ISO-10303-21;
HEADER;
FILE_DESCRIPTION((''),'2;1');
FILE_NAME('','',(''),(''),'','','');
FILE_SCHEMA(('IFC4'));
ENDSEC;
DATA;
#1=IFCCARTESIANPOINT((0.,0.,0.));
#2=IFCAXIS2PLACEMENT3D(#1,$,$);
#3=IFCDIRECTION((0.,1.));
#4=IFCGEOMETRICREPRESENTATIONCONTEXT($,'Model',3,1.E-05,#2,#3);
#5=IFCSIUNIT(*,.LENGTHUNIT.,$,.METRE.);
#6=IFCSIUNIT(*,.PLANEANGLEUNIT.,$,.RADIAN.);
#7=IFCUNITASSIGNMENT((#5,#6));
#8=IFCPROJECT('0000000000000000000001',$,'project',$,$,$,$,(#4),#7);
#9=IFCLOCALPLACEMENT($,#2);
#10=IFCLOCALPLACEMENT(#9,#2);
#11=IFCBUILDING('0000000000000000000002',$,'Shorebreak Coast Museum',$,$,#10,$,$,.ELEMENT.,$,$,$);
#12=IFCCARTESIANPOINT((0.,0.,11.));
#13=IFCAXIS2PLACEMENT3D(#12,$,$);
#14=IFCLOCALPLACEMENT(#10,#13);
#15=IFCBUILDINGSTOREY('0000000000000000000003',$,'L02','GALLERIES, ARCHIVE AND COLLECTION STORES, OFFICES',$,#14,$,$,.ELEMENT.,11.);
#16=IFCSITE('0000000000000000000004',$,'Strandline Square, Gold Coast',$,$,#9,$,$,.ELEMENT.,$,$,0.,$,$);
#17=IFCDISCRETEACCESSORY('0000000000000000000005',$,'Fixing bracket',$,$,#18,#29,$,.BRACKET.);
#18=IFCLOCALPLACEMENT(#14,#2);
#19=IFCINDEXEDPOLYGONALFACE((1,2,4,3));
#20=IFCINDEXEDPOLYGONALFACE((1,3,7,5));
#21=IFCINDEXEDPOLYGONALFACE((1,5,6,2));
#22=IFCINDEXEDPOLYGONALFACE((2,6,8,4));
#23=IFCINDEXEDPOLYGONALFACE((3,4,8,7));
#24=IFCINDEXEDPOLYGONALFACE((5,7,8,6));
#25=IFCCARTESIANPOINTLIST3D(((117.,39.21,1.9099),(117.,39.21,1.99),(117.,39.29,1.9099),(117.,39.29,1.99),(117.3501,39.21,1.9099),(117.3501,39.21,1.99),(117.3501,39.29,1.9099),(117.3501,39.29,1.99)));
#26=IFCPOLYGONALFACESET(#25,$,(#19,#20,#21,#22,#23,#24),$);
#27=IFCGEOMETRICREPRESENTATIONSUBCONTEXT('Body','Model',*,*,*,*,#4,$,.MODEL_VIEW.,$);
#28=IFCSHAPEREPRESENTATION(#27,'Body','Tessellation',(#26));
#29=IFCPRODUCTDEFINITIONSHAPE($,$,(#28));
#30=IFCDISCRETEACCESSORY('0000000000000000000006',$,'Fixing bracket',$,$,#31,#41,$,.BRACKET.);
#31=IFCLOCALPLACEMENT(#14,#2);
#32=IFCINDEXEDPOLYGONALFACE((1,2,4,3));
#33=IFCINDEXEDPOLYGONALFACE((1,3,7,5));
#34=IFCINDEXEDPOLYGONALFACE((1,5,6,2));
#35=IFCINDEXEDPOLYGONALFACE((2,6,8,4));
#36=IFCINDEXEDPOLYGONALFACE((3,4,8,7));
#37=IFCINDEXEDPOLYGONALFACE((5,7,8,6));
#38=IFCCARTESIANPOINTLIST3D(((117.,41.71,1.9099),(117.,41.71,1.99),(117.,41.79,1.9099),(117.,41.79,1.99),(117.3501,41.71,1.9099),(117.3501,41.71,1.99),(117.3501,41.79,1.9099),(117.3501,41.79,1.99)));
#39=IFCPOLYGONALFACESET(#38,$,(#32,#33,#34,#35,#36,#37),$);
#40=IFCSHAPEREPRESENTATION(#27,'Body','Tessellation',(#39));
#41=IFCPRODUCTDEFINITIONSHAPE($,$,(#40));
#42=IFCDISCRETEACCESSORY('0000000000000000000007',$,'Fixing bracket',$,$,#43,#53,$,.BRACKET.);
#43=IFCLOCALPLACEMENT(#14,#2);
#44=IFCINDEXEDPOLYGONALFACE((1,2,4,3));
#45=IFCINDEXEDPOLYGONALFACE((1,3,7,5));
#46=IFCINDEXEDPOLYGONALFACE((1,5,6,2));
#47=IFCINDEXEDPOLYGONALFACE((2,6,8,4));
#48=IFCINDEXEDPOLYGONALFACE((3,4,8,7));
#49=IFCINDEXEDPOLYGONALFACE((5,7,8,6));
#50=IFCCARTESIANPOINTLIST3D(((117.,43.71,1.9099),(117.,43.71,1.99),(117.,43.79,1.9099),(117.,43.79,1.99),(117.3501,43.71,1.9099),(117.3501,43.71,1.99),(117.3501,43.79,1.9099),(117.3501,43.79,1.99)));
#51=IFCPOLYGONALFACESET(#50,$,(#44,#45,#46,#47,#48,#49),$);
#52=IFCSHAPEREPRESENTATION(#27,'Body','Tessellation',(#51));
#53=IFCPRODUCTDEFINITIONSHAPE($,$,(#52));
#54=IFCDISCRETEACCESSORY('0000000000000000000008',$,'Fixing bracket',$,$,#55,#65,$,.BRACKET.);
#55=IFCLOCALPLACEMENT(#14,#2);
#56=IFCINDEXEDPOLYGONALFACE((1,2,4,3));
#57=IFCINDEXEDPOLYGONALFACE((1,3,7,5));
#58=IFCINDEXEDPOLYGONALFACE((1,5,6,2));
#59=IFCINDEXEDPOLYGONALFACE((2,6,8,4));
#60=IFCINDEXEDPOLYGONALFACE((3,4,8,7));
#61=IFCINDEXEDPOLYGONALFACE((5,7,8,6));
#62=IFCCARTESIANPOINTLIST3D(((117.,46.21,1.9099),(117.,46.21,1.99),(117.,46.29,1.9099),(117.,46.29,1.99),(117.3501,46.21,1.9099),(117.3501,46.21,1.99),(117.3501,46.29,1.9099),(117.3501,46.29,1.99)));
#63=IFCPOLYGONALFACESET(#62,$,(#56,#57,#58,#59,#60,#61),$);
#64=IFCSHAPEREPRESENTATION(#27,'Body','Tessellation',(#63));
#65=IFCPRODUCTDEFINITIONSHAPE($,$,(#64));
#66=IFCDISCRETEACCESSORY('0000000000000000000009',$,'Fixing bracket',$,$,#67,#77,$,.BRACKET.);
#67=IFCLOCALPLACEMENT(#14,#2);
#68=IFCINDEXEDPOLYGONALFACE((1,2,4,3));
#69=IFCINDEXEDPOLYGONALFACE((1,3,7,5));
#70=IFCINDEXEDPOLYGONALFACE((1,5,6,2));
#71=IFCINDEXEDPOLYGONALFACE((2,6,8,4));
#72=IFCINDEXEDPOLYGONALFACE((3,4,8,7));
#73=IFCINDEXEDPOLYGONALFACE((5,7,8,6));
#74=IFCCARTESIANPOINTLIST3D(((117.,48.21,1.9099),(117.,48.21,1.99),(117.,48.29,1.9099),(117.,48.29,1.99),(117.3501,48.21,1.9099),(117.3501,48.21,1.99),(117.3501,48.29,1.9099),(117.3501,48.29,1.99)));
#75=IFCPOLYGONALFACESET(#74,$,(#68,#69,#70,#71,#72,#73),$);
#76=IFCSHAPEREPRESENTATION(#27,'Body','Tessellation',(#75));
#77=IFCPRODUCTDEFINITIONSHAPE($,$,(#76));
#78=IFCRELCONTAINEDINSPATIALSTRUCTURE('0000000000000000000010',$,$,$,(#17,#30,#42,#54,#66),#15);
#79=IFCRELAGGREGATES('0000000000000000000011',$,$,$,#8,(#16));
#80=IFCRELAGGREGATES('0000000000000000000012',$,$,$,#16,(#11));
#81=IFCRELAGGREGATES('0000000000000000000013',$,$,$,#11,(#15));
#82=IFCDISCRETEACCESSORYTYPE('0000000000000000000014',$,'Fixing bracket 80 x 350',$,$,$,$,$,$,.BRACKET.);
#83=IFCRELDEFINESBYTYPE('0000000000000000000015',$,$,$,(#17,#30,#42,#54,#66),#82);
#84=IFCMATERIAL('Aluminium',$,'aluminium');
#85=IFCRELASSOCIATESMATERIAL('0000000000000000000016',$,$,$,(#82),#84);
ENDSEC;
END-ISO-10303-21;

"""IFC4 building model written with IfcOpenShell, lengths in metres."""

from ifc_helpers import new_model, si_unit, direction, frame, origin, origin_2d, place, context, subcontext, project, spatial, rectangle, extrude, material, type_object, element, save


model = new_model("IFC4")

# Units and contexts
model_context = context("Model", 3, precision=1e-05, world=origin(), true_north=direction((0.0, 1.0)))
body_context = subcontext(model_context, "Body", "Model", "MODEL_VIEW")
ifc_project = project(units=[si_unit("LENGTHUNIT", "METRE"), si_unit("PLANEANGLEUNIT", "RADIAN")], contexts=[model_context])

# Site, building, storey
site_placement = place(None, origin())
site = spatial("IfcSite", under=ifc_project, at=site_placement, Name="Strandline Square, Gold Coast", CompositionType="ELEMENT", RefElevation=0.0)
building_placement = place(site_placement, origin())
building = spatial("IfcBuilding", under=site, at=building_placement, Name="Shorebreak Coast Museum", CompositionType="ELEMENT")
storey_placement = place(building_placement, frame((0.0, 0.0, 11.0)))
storey = spatial("IfcBuildingStorey", under=building, at=storey_placement, Name="L02", Description="GALLERIES, ARCHIVE AND COLLECTION STORES, OFFICES", CompositionType="ELEMENT", Elevation=11.0)

# Discrete accessories
ifc_material_1 = material(Name="Aluminium", Category="aluminium")
discrete_accessory_type_1 = type_object("IfcDiscreteAccessoryType", Name="Fixing bracket 80 x 350", PredefinedType="BRACKET", material=ifc_material_1)
for number, where, z_axis, x_axis, name in (
    (1, (117.175, 39.25, 1.9099), (0.0, 0.0, 1.0), (1.0, 0.0, 0.0), "Fixing bracket"),
    (2, (117.175, 41.75, 1.9099), (0.0, 0.0, 1.0), (1.0, 0.0, 0.0), "Fixing bracket"),
    (3, (117.175, 43.75, 1.9099), (0.0, 0.0, 1.0), (1.0, 0.0, 0.0), "Fixing bracket"),
    (4, (117.175, 46.25, 1.9099), (0.0, 0.0, 1.0), (1.0, 0.0, 0.0), "Fixing bracket"),
    (5, (117.175, 48.25, 1.9099), (0.0, 0.0, 1.0), (1.0, 0.0, 0.0), "Fixing bracket"),
):
    element("IfcDiscreteAccessory", number, at=place(storey_placement, frame(where, z_axis=z_axis, x_axis=x_axis)), inside=storey, type_object=discrete_accessory_type_1, Name=name, PredefinedType="BRACKET", context=body_context, shape_type="SweptSolid", body=[
        extrude(rectangle(XDim=0.3501, YDim=0.0801, at=origin_2d()), origin(), (0.0, 0.0, 1.0), 0.0801),
    ])

save(model, "model.ifc")
